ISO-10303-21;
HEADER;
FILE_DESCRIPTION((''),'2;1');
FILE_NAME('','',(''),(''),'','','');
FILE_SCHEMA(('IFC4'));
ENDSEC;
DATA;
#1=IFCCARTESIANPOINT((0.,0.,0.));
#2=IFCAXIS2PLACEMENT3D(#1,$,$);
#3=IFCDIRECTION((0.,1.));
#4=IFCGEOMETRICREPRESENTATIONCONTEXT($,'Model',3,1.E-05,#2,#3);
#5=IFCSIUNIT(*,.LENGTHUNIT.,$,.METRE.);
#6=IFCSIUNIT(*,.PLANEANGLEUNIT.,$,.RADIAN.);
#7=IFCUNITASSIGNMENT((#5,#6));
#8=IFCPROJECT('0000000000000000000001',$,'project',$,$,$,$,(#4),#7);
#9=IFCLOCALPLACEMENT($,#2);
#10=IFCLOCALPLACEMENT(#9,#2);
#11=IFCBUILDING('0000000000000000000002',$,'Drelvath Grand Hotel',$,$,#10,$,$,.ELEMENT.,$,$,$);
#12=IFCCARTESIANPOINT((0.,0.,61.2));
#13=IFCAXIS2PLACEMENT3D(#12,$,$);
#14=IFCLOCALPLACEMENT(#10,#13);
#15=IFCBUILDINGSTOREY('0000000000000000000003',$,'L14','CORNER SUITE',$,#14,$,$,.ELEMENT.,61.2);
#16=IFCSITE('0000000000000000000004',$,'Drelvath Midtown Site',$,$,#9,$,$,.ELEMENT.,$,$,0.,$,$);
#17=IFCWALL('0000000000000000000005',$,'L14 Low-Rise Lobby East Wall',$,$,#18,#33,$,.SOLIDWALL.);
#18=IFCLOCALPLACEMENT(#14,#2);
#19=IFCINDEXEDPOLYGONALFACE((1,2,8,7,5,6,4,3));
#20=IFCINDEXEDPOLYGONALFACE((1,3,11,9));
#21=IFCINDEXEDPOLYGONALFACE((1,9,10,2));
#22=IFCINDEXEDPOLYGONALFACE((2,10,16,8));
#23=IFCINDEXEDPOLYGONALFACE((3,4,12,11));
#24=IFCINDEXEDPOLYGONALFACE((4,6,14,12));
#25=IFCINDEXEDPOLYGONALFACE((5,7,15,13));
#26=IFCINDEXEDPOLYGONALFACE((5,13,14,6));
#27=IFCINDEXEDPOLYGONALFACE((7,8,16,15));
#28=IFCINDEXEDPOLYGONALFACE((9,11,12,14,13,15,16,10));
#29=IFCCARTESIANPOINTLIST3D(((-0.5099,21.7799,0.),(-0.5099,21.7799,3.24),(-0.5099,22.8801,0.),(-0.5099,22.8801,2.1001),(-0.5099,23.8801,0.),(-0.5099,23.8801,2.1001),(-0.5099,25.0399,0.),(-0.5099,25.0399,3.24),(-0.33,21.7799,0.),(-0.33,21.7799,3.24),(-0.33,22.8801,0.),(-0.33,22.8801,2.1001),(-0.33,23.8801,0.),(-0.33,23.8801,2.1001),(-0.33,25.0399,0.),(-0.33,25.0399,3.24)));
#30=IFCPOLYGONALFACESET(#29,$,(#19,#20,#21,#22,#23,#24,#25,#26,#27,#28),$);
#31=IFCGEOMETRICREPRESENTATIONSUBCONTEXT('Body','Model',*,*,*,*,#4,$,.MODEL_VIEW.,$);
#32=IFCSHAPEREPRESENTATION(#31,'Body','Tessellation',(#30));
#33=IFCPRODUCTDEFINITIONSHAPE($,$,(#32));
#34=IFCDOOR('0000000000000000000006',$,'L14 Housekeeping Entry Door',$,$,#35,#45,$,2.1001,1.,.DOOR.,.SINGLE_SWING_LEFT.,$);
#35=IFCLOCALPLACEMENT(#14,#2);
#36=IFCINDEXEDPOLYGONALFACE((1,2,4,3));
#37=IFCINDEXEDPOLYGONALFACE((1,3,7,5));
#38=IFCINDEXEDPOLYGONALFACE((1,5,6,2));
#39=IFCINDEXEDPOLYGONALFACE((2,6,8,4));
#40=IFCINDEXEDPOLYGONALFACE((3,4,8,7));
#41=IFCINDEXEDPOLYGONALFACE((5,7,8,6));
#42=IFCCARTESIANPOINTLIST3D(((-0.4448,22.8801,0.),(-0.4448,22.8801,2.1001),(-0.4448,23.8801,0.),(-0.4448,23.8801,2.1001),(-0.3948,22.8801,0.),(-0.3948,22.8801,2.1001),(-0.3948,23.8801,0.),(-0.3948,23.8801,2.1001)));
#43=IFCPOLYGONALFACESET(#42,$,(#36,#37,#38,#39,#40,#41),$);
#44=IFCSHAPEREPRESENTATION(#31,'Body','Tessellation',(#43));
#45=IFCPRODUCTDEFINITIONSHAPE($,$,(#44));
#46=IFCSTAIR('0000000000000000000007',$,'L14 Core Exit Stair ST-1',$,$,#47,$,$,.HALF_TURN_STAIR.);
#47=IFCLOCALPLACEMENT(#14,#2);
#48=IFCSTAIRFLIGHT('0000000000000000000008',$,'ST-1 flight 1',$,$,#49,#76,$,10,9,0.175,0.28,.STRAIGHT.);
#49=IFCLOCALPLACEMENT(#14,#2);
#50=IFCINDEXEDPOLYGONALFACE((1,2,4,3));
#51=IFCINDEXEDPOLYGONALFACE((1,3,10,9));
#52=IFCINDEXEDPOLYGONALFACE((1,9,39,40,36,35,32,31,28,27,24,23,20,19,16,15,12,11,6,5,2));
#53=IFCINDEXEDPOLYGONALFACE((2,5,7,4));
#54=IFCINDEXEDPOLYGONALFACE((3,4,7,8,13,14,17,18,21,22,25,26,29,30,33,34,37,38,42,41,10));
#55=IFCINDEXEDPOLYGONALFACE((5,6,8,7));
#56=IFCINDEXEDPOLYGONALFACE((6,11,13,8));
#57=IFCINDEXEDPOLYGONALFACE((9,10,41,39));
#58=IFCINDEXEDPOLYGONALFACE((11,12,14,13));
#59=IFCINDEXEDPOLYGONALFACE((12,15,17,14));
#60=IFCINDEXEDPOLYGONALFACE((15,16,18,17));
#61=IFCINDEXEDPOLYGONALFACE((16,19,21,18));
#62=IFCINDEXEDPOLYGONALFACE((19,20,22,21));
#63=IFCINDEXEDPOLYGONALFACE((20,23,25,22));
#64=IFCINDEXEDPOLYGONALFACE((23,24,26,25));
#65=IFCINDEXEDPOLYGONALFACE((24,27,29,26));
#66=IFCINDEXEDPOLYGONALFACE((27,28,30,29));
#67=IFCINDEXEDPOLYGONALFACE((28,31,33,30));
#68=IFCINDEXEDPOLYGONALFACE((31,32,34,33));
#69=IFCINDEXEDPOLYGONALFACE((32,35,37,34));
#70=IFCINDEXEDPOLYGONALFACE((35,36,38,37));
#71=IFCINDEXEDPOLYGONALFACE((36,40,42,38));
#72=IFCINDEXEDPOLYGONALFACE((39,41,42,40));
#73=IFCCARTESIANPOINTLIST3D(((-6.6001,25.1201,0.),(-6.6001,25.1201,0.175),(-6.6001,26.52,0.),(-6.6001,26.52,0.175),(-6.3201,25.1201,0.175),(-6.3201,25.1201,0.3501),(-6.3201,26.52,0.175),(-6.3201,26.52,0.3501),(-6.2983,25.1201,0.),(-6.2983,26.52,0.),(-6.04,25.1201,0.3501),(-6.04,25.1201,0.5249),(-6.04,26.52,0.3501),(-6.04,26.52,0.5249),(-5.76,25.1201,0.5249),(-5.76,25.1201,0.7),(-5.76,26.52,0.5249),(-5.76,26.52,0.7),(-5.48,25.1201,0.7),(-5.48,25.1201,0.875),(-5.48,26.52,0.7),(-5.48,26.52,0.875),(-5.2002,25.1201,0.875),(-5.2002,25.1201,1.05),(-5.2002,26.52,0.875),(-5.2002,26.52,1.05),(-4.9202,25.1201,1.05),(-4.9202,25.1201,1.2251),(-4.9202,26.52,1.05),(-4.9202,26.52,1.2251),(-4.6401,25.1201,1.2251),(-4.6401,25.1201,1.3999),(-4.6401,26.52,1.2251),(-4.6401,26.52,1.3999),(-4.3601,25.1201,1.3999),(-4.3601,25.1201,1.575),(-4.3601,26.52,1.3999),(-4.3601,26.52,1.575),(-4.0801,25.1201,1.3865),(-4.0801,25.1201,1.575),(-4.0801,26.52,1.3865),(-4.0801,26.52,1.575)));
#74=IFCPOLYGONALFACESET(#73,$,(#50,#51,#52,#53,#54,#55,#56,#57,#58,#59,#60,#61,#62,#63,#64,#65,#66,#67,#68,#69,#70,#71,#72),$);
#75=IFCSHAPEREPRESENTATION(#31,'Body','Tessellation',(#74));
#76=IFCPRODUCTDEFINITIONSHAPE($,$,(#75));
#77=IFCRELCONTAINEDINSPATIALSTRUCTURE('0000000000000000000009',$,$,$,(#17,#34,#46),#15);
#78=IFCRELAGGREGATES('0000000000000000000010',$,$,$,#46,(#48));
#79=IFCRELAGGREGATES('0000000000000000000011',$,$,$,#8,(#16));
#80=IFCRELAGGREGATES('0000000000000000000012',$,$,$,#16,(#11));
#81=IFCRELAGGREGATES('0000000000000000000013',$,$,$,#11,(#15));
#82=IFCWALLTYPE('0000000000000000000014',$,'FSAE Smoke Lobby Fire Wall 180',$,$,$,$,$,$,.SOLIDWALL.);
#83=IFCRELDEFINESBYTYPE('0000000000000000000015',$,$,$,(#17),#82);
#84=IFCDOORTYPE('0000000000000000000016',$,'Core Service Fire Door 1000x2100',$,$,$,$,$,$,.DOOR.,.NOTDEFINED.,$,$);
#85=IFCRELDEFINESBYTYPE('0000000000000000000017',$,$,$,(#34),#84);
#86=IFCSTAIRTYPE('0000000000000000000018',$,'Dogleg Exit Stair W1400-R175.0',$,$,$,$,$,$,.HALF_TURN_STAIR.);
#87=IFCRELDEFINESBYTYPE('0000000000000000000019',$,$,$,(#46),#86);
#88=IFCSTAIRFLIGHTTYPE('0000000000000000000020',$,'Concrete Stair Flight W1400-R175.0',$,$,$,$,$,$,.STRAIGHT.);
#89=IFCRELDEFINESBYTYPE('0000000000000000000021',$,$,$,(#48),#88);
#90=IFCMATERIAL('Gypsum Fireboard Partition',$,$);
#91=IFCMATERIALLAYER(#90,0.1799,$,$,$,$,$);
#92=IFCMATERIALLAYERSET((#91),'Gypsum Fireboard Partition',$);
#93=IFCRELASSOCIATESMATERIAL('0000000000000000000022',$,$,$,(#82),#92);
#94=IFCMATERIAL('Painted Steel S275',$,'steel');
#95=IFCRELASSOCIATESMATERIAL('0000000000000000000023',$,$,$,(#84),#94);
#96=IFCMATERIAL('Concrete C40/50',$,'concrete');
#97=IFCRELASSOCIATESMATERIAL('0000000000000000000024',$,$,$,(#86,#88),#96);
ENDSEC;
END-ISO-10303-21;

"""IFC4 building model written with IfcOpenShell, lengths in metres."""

from ifc_helpers import new_model, si_unit, direction, frame, frame_2d, origin, place, context, subcontext, project, spatial, polyline, rectangle, outline, extrude, material, layer, layer_set, type_object, element, fill, aggregate, save


model = new_model("IFC4")

# Units and contexts
model_context = context("Model", 3, precision=1e-05, world=origin(), true_north=direction((0.0, 1.0)))
body_context = subcontext(model_context, "Body", "Model", "MODEL_VIEW")
ifc_project = project(units=[si_unit("LENGTHUNIT", "METRE"), si_unit("PLANEANGLEUNIT", "RADIAN")], contexts=[model_context])

# Site, building, storey
site_placement = place(None, origin())
site = spatial("IfcSite", under=ifc_project, at=site_placement, Name="Drelvath Midtown Site", CompositionType="ELEMENT", RefElevation=0.0)
building_placement = place(site_placement, origin())
building = spatial("IfcBuilding", under=site, at=building_placement, Name="Drelvath Grand Hotel", CompositionType="ELEMENT")
storey_placement = place(building_placement, frame((0.0, 0.0, 61.2)))
storey = spatial("IfcBuildingStorey", under=building, at=storey_placement, Name="L14", Description="CORNER SUITE", CompositionType="ELEMENT", Elevation=61.2)

# Shared definitions
ifc_material_1 = material(Name="Concrete C40/50", Category="concrete")

# Shared definitions
ifc_material_2 = material(Name="Painted Steel S275", Category="steel")

# Wall, opening, door
ifc_material_3 = material(Name="Gypsum Fireboard Partition")
ifc_layer_1 = layer(ifc_material_3, 0.1799)
ifc_layer_set_1 = layer_set([ifc_layer_1], Name="Gypsum Fireboard Partition")
wall_type_1 = type_object("IfcWallType", Name="FSAE Smoke Lobby Fire Wall 180", PredefinedType="SOLIDWALL", material=ifc_layer_set_1)
wall_1_placement = place(storey_placement, frame((-0.4199, 21.78, 0.0), z_axis=(0.0, 0.0, 1.0), x_axis=(0.0, 1.0, 0.0)))
wall_1 = element("IfcWall", 1, at=wall_1_placement, inside=storey, type_object=wall_type_1, Name="L14 Low-Rise Lobby East Wall", PredefinedType="SOLIDWALL", context=body_context, shape_type="SweptSolid", body=[
    extrude(rectangle(XDim=3.26, YDim=0.1799, at=frame_2d((1.6299, 0.0))), origin(), (0.0, 0.0, 1.0), 3.24),
])
opening_1_placement = place(wall_1_placement, frame((1.1001, 0.0, 0.0)))
opening_1 = element("IfcOpeningElement", 2, at=opening_1_placement, cuts=wall_1, PredefinedType="OPENING", context=body_context, shape_type="SweptSolid", body=[
    extrude(rectangle(XDim=1.0, YDim=2.1001, at=frame_2d((0.5, 1.05))), frame((0.0, 0.0999, 0.0), z_axis=(0.0, -1.0, 0.0), x_axis=(1.0, 0.0, 0.0)), (0.0, 0.0, 1.0), 0.2),
])
door_type_1 = type_object("IfcDoorType", Name="Core Service Fire Door 1000x2100", OperationType="NOTDEFINED", PredefinedType="DOOR", material=ifc_material_2)
door_1_placement = place(opening_1_placement, origin())
door_1 = element("IfcDoor", 3, at=door_1_placement, inside=storey, type_object=door_type_1, Name="L14 Housekeeping Entry Door", OperationType="SINGLE_SWING_LEFT", OverallHeight=2.1001, OverallWidth=1.0, PredefinedType="DOOR", context=body_context, shape_type="SweptSolid", body=[
    extrude(rectangle(XDim=1.0, YDim=2.1001, at=frame_2d((0.5, 1.05))), frame((0.0, 0.0249, 0.0), z_axis=(0.0, -1.0, 0.0), x_axis=(1.0, 0.0, 0.0)), (0.0, 0.0, 1.0), 0.05),
])
fill(opening_1, door_1)

# Stair, stair flight
stair_type = type_object("IfcStairType", Name="Dogleg Exit Stair W1400-R175.0", PredefinedType="HALF_TURN_STAIR", material=ifc_material_1)
stair_placement = place(storey_placement, origin())
stair = element("IfcStair", 4, at=stair_placement, inside=storey, type_object=stair_type, Name="L14 Core Exit Stair ST-1", PredefinedType="HALF_TURN_STAIR")
stair_flight_type = type_object("IfcStairFlightType", Name="Concrete Stair Flight W1400-R175.0", PredefinedType="STRAIGHT", material=ifc_material_1)
stair_flight_placement = place(storey_placement, frame((-6.6001, 25.8201, 0.0), z_axis=(0.0, 0.0, 1.0), x_axis=(1.0, 0.0, 0.0)))
stair_flight = element("IfcStairFlight", 5, at=stair_flight_placement, type_object=stair_flight_type, Name="ST-1 flight 1", NumberOfRisers=10, NumberOfTreads=9, PredefinedType="STRAIGHT", RiserHeight=0.175, TreadLength=0.28, context=body_context, shape_type="SweptSolid", body=[
    extrude(outline(polyline([(0.0, 0.0), (0.0, 0.175), (0.28, 0.175), (0.28, 0.3501), (0.5601, 0.3501), (0.5601, 0.5249), (0.8401, 0.5249), (0.8401, 0.7), (1.1201, 0.7), (1.1201, 0.875), (1.3999, 0.875), (1.3999, 1.05), (1.6799, 1.05), (1.6799, 1.2251), (1.96, 1.2251), (1.96, 1.3999), (2.24, 1.3999), (2.24, 1.575), (2.52, 1.575), (2.52, 1.75), (2.52, 1.3865), (0.3018, 0.0), (0.0, 0.0)])), frame((0.0, 0.7, 0.0), z_axis=(0.0, -1.0, 0.0), x_axis=(1.0, 0.0, 0.0)), (0.0, 0.0, 1.0), 1.3999),
])
aggregate(stair, [stair_flight])

save(model, "model.ifc")
